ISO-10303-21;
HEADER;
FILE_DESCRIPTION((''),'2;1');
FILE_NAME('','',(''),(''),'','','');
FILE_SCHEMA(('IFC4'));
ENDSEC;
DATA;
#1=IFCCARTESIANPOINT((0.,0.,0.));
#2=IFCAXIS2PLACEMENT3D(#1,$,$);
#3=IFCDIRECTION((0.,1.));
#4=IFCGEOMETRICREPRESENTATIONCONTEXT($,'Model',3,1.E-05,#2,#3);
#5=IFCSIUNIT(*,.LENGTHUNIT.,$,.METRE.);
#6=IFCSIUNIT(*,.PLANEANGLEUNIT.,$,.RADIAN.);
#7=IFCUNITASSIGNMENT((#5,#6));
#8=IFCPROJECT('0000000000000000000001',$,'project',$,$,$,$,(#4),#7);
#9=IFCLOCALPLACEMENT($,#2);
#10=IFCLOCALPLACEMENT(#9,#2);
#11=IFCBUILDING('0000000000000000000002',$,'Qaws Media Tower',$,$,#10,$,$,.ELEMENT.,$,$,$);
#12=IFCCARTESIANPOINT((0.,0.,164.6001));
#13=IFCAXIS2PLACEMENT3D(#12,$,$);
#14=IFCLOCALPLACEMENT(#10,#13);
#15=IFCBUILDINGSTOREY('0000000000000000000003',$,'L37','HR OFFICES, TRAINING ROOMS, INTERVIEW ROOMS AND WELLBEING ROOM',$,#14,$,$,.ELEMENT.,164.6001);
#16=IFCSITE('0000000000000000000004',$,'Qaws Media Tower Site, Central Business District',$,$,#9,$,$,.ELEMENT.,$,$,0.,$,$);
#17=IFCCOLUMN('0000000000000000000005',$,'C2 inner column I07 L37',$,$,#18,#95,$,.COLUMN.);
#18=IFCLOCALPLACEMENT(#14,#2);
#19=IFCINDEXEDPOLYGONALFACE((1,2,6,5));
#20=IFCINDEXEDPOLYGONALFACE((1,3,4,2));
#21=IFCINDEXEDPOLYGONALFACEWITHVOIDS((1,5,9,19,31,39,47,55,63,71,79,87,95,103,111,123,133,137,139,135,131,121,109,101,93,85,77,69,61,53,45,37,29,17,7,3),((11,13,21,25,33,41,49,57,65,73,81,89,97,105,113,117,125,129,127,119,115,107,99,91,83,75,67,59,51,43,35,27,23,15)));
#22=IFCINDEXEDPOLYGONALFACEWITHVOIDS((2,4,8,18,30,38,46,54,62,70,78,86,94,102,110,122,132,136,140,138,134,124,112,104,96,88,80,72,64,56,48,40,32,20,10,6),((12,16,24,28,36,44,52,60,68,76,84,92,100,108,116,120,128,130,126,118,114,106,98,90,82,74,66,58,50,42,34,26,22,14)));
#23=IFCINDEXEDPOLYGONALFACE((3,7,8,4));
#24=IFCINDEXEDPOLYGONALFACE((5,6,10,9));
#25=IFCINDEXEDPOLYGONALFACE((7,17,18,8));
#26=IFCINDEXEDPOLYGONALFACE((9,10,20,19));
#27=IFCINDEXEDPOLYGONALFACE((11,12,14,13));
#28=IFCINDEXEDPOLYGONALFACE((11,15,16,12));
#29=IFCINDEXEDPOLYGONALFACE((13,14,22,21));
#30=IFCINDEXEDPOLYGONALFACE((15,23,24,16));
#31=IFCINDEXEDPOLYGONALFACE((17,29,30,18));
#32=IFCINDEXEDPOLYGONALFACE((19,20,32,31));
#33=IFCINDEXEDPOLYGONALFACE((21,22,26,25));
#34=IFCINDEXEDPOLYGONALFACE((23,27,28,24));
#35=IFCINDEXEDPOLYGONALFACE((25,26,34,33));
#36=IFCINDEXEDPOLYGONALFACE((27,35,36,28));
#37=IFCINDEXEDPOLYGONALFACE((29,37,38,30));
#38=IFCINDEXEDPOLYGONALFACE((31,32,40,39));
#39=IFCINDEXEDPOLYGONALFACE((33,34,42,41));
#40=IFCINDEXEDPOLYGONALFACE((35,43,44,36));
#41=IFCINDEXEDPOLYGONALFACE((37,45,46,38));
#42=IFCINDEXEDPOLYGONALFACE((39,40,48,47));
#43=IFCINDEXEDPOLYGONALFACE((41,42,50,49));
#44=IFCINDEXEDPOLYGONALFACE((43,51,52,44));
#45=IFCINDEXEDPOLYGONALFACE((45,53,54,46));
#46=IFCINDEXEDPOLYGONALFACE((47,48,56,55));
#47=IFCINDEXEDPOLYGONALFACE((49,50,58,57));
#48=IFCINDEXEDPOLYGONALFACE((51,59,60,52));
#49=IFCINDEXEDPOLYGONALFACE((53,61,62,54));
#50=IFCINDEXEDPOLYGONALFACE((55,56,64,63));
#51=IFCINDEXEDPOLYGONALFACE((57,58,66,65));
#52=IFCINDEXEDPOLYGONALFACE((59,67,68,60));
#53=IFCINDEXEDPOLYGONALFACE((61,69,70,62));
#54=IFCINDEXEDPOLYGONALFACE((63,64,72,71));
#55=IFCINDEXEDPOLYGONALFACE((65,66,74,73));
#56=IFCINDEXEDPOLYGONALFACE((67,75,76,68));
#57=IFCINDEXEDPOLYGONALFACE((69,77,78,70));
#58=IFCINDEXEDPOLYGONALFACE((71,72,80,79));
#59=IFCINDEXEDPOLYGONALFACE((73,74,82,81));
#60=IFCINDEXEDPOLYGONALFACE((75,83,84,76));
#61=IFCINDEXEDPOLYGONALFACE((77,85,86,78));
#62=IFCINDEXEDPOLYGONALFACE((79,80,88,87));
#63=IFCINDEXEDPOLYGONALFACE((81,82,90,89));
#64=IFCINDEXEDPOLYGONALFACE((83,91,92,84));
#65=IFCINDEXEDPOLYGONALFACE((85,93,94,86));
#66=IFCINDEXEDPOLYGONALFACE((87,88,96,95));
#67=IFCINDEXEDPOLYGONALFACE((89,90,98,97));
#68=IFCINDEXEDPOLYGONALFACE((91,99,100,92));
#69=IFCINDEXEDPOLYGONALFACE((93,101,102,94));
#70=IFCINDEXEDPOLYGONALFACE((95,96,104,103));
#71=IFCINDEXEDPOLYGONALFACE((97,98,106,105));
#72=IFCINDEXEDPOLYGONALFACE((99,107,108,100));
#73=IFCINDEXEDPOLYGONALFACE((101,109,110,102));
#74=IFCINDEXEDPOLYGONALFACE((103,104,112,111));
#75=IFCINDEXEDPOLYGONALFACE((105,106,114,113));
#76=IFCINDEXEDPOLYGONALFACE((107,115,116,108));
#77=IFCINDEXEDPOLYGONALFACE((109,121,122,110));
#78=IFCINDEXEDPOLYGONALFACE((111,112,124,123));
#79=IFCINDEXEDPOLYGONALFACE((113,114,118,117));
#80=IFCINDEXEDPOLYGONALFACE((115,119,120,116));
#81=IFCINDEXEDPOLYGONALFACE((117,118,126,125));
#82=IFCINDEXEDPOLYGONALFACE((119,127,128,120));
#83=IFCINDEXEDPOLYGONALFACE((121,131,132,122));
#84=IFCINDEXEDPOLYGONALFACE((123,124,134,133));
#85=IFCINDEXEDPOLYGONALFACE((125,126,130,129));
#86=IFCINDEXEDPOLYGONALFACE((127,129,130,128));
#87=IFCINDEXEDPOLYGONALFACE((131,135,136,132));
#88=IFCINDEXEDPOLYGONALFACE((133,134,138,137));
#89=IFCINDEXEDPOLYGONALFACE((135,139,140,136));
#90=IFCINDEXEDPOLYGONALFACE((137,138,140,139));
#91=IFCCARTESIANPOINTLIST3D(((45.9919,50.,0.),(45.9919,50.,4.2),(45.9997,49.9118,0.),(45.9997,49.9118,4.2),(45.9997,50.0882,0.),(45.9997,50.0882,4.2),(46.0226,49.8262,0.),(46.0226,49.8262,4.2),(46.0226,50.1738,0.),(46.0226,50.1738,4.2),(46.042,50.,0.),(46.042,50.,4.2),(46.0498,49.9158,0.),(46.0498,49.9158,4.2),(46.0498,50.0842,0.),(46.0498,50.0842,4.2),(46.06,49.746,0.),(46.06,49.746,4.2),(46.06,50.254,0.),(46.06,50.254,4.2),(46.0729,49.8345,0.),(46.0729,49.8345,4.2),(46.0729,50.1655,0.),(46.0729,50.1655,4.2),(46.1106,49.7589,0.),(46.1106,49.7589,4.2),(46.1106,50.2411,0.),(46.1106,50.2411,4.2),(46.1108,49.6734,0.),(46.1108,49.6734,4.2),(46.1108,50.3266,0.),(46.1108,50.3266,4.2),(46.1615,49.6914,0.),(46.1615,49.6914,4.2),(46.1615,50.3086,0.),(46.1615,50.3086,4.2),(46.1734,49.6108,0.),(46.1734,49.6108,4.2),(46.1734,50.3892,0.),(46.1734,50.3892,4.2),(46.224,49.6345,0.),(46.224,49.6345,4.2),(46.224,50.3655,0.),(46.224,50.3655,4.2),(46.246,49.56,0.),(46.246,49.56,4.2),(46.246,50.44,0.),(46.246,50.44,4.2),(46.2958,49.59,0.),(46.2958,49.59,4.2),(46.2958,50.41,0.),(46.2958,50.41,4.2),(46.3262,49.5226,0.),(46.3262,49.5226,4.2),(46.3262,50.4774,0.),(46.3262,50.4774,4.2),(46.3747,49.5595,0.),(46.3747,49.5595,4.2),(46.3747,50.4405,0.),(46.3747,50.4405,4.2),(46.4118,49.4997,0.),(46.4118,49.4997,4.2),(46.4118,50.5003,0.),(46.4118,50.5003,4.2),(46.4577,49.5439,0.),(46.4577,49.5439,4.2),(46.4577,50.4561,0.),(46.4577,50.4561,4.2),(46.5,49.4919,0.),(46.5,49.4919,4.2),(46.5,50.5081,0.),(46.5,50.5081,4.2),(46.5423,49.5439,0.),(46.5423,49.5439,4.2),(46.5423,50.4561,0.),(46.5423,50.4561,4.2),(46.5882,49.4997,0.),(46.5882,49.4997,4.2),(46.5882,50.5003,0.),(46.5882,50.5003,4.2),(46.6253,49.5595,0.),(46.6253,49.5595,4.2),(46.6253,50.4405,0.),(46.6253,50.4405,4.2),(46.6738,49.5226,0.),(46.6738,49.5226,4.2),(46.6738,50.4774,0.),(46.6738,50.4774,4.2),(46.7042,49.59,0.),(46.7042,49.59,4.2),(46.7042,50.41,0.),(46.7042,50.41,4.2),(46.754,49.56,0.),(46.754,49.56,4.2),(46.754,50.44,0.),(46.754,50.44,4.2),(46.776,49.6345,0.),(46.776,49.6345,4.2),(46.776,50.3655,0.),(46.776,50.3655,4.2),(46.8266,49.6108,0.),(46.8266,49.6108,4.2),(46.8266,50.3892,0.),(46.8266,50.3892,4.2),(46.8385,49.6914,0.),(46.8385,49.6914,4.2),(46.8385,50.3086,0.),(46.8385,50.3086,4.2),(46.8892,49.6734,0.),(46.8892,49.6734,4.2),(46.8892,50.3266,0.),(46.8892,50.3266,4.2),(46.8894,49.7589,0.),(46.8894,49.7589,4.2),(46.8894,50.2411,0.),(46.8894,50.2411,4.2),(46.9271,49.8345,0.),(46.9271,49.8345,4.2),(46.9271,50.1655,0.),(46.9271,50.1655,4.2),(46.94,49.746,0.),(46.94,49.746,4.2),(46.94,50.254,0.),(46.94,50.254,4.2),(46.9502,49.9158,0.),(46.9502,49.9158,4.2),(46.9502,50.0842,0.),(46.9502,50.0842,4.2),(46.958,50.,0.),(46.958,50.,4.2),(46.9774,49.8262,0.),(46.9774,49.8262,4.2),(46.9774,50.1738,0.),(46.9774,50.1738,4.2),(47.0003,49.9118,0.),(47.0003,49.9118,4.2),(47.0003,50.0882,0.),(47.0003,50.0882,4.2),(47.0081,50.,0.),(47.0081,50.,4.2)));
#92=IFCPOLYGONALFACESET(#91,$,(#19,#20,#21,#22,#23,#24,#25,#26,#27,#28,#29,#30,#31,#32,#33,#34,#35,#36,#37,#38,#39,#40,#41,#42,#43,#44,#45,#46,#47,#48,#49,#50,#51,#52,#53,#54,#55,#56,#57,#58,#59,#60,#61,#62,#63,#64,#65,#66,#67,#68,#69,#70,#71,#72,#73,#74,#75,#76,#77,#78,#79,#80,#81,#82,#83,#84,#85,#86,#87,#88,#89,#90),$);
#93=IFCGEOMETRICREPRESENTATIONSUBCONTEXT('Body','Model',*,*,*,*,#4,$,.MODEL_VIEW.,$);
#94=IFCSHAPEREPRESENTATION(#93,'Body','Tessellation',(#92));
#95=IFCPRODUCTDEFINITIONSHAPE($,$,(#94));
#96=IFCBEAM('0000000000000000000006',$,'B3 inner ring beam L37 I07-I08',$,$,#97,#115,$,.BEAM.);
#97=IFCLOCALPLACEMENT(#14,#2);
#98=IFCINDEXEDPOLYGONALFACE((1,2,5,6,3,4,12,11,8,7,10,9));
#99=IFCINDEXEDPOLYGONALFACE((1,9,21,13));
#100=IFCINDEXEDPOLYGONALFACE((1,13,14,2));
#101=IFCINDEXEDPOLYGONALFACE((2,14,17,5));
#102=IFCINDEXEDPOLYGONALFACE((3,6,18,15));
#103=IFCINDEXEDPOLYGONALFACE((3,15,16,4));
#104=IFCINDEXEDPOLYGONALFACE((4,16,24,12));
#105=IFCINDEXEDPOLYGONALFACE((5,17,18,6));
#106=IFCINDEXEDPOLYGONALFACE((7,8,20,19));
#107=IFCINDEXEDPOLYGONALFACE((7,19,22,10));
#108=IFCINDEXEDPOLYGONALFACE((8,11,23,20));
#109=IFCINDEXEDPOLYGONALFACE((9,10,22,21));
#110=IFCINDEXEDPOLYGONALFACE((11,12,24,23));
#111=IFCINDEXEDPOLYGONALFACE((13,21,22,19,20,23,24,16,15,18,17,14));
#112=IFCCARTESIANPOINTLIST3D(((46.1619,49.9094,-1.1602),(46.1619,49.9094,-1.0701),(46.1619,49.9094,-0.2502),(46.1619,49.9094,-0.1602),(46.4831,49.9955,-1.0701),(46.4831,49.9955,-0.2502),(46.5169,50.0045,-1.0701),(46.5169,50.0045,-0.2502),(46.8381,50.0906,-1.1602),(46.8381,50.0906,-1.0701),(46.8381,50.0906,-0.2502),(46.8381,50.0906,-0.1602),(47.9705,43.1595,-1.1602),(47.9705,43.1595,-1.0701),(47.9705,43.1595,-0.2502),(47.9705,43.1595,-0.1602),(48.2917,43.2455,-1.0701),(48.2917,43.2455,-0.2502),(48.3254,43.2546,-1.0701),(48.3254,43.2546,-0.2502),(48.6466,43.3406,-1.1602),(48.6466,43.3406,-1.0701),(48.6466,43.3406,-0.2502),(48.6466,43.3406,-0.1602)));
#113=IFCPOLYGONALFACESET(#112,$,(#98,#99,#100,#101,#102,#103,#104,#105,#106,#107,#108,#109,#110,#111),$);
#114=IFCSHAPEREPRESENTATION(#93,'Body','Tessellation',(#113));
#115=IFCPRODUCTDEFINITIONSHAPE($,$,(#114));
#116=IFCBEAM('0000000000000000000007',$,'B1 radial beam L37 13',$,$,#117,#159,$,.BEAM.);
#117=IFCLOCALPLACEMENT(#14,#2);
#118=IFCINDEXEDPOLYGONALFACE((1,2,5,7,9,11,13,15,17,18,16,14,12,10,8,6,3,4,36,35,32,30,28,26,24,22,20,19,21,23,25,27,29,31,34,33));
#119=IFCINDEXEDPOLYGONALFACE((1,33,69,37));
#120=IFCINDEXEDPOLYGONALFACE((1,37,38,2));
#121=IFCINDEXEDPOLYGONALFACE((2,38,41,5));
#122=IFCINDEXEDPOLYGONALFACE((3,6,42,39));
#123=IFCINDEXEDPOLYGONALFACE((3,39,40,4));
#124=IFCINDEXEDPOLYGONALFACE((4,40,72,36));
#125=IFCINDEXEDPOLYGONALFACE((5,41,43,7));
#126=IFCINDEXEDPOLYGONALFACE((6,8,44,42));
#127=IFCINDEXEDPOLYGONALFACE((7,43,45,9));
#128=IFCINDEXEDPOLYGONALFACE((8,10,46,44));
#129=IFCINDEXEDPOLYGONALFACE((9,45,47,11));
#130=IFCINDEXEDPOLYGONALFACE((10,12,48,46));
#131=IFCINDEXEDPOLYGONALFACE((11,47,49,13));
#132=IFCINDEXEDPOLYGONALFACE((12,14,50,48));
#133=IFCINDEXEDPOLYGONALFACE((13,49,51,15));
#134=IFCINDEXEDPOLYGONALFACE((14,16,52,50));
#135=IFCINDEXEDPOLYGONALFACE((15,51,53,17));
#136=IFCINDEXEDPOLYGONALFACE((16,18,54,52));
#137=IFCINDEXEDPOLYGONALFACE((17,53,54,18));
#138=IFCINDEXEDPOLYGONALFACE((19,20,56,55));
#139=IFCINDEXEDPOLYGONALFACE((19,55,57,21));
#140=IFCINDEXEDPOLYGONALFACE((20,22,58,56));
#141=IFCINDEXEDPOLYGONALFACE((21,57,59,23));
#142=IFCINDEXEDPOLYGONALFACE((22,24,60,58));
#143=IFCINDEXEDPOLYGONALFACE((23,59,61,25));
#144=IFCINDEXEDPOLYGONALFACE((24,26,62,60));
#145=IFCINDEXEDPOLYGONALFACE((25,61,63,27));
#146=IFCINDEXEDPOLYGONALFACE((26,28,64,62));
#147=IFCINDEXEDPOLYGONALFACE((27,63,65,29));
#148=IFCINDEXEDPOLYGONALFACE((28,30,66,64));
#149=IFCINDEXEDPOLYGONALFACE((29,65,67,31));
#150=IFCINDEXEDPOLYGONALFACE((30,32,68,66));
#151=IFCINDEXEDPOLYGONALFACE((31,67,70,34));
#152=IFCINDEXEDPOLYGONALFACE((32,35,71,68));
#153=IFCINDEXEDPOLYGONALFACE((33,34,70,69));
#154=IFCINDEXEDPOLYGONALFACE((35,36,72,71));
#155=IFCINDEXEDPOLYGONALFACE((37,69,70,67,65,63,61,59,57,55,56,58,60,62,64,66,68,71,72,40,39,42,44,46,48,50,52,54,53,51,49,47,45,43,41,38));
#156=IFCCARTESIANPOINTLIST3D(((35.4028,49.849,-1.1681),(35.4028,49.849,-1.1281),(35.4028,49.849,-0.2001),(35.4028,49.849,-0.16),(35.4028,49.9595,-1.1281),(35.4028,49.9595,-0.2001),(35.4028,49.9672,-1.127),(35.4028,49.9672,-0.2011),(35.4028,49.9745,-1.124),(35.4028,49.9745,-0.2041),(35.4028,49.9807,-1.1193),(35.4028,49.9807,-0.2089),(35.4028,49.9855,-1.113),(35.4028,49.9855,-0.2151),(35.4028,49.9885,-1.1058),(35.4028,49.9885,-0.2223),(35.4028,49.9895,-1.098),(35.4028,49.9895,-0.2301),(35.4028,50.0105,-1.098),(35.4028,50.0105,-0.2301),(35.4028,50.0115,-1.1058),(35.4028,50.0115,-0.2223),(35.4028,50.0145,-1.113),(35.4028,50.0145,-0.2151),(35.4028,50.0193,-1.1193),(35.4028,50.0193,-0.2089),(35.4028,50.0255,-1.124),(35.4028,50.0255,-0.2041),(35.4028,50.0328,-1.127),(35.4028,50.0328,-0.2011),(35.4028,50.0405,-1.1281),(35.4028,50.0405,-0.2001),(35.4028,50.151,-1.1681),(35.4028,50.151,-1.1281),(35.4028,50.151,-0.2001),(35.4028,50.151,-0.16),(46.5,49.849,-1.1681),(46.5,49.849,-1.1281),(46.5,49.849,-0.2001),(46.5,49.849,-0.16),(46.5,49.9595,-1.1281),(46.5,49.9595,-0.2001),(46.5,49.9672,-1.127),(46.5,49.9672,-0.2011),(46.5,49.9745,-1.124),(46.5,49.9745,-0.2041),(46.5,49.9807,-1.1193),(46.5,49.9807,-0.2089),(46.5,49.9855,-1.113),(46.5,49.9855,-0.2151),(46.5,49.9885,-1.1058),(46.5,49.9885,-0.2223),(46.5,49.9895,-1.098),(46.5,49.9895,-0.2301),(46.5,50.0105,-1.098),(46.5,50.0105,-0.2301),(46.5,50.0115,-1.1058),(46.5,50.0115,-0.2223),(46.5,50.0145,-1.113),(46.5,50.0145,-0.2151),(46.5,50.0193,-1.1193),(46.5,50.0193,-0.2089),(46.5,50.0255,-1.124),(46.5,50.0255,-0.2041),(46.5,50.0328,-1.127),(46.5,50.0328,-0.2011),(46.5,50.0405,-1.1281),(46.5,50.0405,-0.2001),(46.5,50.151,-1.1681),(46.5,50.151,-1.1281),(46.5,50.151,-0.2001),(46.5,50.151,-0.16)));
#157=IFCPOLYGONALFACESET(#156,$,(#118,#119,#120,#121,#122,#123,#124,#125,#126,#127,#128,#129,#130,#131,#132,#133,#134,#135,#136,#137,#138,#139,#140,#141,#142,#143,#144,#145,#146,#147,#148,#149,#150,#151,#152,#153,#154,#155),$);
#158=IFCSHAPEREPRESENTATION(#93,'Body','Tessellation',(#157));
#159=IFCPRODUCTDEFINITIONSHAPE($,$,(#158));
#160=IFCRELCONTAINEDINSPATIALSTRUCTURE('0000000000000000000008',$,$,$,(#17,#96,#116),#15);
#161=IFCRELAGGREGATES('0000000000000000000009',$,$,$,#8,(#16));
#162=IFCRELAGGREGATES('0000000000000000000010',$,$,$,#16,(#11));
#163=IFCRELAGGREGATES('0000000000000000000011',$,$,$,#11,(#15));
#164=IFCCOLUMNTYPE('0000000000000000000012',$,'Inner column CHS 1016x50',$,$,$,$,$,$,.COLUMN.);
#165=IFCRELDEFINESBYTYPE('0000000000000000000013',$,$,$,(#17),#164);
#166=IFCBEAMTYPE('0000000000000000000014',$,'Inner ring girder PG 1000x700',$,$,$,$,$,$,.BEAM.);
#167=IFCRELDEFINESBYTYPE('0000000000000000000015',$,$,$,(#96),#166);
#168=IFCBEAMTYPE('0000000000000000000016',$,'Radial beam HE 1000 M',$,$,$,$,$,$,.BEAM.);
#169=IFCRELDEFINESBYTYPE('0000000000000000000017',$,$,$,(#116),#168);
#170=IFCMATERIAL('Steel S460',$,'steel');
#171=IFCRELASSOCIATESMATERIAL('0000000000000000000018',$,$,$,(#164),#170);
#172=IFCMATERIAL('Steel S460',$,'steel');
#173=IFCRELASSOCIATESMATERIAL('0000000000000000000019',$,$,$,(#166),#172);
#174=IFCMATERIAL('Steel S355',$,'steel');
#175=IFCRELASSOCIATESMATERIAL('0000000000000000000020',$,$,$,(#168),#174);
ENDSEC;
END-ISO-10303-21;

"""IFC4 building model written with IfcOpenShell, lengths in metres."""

from ifc_helpers import new_model, si_unit, direction, frame, origin, origin_2d, place, context, subcontext, project, spatial, hollow_circle, i_section, extrude, material, material_profile, profile_set, type_object, element, save


model = new_model("IFC4")

# Units and contexts
model_context = context("Model", 3, precision=1e-05, world=origin(), true_north=direction((0.0, 1.0)))
body_context = subcontext(model_context, "Body", "Model", "MODEL_VIEW")
ifc_project = project(units=[si_unit("LENGTHUNIT", "METRE"), si_unit("PLANEANGLEUNIT", "RADIAN")], contexts=[model_context])

# Site, building, storey
site_placement = place(None, origin())
site = spatial("IfcSite", under=ifc_project, at=site_placement, Name="Qaws Media Tower Site, Central Business District", CompositionType="ELEMENT", RefElevation=0.0)
building_placement = place(site_placement, origin())
building = spatial("IfcBuilding", under=site, at=building_placement, Name="Qaws Media Tower", CompositionType="ELEMENT")
storey_placement = place(building_placement, frame((0.0, 0.0, 164.6001)))
storey = spatial("IfcBuildingStorey", under=building, at=storey_placement, Name="L37", Description="HR OFFICES, TRAINING ROOMS, INTERVIEW ROOMS AND WELLBEING ROOM", CompositionType="ELEMENT", Elevation=164.6001)

# Column
ifc_material_1 = material(Name="Steel S460", Category="steel")
ifc_material_profile_1 = material_profile(ifc_material_1, hollow_circle(Radius=0.5081, WallThickness=0.05, at=origin_2d()), Name="CHS 1016x50")
ifc_profile_set_1 = profile_set([ifc_material_profile_1], Name="Steel S460")
column_type = type_object("IfcColumnType", Name="Inner column CHS 1016x50", PredefinedType="COLUMN", material=ifc_profile_set_1)
column_placement = place(storey_placement, frame((46.5, 50.0, 0.0), z_axis=(0.0, 0.0, 1.0), x_axis=(1.0, 0.0, 0.0)))
element("IfcColumn", 1, at=column_placement, inside=storey, type_object=column_type, Name="C2 inner column I07 L37", PredefinedType="COLUMN", context=body_context, shape_type="SweptSolid", body=[
    extrude(hollow_circle(Radius=0.5081, WallThickness=0.05, at=origin_2d()), origin(), (0.0, 0.0, 1.0), 4.2),
])

# Beams
ifc_material_2 = material(Name="Steel S460", Category="steel")
ifc_material_profile_2 = material_profile(ifc_material_2, i_section(OverallWidth=0.7, OverallDepth=1.0, WebThickness=0.0349, FlangeThickness=0.0901, at=origin_2d()), Name="PG 1000x700")
ifc_profile_set_2 = profile_set([ifc_material_profile_2], Name="Steel S460")
beam_type_1 = type_object("IfcBeamType", Name="Inner ring girder PG 1000x700", PredefinedType="BEAM", material=ifc_profile_set_2)
beam_1_placement = place(storey_placement, frame((46.5, 50.0, -0.6602), z_axis=(0.258811, -0.965928, 0.0), x_axis=(0.965928, 0.258811, 0.0)))
element("IfcBeam", 2, at=beam_1_placement, inside=storey, type_object=beam_type_1, Name="B3 inner ring beam L37 I07-I08", PredefinedType="BEAM", context=body_context, shape_type="SweptSolid", body=[
    extrude(i_section(OverallWidth=0.7, OverallDepth=1.0, WebThickness=0.0349, FlangeThickness=0.0901, at=origin_2d()), origin(), (0.0, 0.0, 1.0), 6.988),
])
ifc_material_3 = material(Name="Steel S355", Category="steel")
ifc_material_profile_3 = material_profile(ifc_material_3, i_section(OverallWidth=0.302, OverallDepth=1.0081, WebThickness=0.021, FlangeThickness=0.04, FilletRadius=0.03, at=origin_2d()), Name="HE 1000 M")
ifc_profile_set_3 = profile_set([ifc_material_profile_3], Name="Steel S355")
beam_type_2 = type_object("IfcBeamType", Name="Radial beam HE 1000 M", PredefinedType="BEAM", material=ifc_profile_set_3)
beam_2_placement = place(storey_placement, frame((46.5, 50.0, -0.6641), z_axis=(-1.0, 0.0, 0.0), x_axis=(0.0, -1.0, 0.0)))
element("IfcBeam", 3, at=beam_2_placement, inside=storey, type_object=beam_type_2, Name="B1 radial beam L37 13", PredefinedType="BEAM", context=body_context, shape_type="SweptSolid", body=[
    extrude(i_section(OverallWidth=0.302, OverallDepth=1.0081, WebThickness=0.021, FlangeThickness=0.04, FilletRadius=0.03, at=origin_2d()), origin(), (0.0, 0.0, 1.0), 11.0972),
])

save(model, "model.ifc")
